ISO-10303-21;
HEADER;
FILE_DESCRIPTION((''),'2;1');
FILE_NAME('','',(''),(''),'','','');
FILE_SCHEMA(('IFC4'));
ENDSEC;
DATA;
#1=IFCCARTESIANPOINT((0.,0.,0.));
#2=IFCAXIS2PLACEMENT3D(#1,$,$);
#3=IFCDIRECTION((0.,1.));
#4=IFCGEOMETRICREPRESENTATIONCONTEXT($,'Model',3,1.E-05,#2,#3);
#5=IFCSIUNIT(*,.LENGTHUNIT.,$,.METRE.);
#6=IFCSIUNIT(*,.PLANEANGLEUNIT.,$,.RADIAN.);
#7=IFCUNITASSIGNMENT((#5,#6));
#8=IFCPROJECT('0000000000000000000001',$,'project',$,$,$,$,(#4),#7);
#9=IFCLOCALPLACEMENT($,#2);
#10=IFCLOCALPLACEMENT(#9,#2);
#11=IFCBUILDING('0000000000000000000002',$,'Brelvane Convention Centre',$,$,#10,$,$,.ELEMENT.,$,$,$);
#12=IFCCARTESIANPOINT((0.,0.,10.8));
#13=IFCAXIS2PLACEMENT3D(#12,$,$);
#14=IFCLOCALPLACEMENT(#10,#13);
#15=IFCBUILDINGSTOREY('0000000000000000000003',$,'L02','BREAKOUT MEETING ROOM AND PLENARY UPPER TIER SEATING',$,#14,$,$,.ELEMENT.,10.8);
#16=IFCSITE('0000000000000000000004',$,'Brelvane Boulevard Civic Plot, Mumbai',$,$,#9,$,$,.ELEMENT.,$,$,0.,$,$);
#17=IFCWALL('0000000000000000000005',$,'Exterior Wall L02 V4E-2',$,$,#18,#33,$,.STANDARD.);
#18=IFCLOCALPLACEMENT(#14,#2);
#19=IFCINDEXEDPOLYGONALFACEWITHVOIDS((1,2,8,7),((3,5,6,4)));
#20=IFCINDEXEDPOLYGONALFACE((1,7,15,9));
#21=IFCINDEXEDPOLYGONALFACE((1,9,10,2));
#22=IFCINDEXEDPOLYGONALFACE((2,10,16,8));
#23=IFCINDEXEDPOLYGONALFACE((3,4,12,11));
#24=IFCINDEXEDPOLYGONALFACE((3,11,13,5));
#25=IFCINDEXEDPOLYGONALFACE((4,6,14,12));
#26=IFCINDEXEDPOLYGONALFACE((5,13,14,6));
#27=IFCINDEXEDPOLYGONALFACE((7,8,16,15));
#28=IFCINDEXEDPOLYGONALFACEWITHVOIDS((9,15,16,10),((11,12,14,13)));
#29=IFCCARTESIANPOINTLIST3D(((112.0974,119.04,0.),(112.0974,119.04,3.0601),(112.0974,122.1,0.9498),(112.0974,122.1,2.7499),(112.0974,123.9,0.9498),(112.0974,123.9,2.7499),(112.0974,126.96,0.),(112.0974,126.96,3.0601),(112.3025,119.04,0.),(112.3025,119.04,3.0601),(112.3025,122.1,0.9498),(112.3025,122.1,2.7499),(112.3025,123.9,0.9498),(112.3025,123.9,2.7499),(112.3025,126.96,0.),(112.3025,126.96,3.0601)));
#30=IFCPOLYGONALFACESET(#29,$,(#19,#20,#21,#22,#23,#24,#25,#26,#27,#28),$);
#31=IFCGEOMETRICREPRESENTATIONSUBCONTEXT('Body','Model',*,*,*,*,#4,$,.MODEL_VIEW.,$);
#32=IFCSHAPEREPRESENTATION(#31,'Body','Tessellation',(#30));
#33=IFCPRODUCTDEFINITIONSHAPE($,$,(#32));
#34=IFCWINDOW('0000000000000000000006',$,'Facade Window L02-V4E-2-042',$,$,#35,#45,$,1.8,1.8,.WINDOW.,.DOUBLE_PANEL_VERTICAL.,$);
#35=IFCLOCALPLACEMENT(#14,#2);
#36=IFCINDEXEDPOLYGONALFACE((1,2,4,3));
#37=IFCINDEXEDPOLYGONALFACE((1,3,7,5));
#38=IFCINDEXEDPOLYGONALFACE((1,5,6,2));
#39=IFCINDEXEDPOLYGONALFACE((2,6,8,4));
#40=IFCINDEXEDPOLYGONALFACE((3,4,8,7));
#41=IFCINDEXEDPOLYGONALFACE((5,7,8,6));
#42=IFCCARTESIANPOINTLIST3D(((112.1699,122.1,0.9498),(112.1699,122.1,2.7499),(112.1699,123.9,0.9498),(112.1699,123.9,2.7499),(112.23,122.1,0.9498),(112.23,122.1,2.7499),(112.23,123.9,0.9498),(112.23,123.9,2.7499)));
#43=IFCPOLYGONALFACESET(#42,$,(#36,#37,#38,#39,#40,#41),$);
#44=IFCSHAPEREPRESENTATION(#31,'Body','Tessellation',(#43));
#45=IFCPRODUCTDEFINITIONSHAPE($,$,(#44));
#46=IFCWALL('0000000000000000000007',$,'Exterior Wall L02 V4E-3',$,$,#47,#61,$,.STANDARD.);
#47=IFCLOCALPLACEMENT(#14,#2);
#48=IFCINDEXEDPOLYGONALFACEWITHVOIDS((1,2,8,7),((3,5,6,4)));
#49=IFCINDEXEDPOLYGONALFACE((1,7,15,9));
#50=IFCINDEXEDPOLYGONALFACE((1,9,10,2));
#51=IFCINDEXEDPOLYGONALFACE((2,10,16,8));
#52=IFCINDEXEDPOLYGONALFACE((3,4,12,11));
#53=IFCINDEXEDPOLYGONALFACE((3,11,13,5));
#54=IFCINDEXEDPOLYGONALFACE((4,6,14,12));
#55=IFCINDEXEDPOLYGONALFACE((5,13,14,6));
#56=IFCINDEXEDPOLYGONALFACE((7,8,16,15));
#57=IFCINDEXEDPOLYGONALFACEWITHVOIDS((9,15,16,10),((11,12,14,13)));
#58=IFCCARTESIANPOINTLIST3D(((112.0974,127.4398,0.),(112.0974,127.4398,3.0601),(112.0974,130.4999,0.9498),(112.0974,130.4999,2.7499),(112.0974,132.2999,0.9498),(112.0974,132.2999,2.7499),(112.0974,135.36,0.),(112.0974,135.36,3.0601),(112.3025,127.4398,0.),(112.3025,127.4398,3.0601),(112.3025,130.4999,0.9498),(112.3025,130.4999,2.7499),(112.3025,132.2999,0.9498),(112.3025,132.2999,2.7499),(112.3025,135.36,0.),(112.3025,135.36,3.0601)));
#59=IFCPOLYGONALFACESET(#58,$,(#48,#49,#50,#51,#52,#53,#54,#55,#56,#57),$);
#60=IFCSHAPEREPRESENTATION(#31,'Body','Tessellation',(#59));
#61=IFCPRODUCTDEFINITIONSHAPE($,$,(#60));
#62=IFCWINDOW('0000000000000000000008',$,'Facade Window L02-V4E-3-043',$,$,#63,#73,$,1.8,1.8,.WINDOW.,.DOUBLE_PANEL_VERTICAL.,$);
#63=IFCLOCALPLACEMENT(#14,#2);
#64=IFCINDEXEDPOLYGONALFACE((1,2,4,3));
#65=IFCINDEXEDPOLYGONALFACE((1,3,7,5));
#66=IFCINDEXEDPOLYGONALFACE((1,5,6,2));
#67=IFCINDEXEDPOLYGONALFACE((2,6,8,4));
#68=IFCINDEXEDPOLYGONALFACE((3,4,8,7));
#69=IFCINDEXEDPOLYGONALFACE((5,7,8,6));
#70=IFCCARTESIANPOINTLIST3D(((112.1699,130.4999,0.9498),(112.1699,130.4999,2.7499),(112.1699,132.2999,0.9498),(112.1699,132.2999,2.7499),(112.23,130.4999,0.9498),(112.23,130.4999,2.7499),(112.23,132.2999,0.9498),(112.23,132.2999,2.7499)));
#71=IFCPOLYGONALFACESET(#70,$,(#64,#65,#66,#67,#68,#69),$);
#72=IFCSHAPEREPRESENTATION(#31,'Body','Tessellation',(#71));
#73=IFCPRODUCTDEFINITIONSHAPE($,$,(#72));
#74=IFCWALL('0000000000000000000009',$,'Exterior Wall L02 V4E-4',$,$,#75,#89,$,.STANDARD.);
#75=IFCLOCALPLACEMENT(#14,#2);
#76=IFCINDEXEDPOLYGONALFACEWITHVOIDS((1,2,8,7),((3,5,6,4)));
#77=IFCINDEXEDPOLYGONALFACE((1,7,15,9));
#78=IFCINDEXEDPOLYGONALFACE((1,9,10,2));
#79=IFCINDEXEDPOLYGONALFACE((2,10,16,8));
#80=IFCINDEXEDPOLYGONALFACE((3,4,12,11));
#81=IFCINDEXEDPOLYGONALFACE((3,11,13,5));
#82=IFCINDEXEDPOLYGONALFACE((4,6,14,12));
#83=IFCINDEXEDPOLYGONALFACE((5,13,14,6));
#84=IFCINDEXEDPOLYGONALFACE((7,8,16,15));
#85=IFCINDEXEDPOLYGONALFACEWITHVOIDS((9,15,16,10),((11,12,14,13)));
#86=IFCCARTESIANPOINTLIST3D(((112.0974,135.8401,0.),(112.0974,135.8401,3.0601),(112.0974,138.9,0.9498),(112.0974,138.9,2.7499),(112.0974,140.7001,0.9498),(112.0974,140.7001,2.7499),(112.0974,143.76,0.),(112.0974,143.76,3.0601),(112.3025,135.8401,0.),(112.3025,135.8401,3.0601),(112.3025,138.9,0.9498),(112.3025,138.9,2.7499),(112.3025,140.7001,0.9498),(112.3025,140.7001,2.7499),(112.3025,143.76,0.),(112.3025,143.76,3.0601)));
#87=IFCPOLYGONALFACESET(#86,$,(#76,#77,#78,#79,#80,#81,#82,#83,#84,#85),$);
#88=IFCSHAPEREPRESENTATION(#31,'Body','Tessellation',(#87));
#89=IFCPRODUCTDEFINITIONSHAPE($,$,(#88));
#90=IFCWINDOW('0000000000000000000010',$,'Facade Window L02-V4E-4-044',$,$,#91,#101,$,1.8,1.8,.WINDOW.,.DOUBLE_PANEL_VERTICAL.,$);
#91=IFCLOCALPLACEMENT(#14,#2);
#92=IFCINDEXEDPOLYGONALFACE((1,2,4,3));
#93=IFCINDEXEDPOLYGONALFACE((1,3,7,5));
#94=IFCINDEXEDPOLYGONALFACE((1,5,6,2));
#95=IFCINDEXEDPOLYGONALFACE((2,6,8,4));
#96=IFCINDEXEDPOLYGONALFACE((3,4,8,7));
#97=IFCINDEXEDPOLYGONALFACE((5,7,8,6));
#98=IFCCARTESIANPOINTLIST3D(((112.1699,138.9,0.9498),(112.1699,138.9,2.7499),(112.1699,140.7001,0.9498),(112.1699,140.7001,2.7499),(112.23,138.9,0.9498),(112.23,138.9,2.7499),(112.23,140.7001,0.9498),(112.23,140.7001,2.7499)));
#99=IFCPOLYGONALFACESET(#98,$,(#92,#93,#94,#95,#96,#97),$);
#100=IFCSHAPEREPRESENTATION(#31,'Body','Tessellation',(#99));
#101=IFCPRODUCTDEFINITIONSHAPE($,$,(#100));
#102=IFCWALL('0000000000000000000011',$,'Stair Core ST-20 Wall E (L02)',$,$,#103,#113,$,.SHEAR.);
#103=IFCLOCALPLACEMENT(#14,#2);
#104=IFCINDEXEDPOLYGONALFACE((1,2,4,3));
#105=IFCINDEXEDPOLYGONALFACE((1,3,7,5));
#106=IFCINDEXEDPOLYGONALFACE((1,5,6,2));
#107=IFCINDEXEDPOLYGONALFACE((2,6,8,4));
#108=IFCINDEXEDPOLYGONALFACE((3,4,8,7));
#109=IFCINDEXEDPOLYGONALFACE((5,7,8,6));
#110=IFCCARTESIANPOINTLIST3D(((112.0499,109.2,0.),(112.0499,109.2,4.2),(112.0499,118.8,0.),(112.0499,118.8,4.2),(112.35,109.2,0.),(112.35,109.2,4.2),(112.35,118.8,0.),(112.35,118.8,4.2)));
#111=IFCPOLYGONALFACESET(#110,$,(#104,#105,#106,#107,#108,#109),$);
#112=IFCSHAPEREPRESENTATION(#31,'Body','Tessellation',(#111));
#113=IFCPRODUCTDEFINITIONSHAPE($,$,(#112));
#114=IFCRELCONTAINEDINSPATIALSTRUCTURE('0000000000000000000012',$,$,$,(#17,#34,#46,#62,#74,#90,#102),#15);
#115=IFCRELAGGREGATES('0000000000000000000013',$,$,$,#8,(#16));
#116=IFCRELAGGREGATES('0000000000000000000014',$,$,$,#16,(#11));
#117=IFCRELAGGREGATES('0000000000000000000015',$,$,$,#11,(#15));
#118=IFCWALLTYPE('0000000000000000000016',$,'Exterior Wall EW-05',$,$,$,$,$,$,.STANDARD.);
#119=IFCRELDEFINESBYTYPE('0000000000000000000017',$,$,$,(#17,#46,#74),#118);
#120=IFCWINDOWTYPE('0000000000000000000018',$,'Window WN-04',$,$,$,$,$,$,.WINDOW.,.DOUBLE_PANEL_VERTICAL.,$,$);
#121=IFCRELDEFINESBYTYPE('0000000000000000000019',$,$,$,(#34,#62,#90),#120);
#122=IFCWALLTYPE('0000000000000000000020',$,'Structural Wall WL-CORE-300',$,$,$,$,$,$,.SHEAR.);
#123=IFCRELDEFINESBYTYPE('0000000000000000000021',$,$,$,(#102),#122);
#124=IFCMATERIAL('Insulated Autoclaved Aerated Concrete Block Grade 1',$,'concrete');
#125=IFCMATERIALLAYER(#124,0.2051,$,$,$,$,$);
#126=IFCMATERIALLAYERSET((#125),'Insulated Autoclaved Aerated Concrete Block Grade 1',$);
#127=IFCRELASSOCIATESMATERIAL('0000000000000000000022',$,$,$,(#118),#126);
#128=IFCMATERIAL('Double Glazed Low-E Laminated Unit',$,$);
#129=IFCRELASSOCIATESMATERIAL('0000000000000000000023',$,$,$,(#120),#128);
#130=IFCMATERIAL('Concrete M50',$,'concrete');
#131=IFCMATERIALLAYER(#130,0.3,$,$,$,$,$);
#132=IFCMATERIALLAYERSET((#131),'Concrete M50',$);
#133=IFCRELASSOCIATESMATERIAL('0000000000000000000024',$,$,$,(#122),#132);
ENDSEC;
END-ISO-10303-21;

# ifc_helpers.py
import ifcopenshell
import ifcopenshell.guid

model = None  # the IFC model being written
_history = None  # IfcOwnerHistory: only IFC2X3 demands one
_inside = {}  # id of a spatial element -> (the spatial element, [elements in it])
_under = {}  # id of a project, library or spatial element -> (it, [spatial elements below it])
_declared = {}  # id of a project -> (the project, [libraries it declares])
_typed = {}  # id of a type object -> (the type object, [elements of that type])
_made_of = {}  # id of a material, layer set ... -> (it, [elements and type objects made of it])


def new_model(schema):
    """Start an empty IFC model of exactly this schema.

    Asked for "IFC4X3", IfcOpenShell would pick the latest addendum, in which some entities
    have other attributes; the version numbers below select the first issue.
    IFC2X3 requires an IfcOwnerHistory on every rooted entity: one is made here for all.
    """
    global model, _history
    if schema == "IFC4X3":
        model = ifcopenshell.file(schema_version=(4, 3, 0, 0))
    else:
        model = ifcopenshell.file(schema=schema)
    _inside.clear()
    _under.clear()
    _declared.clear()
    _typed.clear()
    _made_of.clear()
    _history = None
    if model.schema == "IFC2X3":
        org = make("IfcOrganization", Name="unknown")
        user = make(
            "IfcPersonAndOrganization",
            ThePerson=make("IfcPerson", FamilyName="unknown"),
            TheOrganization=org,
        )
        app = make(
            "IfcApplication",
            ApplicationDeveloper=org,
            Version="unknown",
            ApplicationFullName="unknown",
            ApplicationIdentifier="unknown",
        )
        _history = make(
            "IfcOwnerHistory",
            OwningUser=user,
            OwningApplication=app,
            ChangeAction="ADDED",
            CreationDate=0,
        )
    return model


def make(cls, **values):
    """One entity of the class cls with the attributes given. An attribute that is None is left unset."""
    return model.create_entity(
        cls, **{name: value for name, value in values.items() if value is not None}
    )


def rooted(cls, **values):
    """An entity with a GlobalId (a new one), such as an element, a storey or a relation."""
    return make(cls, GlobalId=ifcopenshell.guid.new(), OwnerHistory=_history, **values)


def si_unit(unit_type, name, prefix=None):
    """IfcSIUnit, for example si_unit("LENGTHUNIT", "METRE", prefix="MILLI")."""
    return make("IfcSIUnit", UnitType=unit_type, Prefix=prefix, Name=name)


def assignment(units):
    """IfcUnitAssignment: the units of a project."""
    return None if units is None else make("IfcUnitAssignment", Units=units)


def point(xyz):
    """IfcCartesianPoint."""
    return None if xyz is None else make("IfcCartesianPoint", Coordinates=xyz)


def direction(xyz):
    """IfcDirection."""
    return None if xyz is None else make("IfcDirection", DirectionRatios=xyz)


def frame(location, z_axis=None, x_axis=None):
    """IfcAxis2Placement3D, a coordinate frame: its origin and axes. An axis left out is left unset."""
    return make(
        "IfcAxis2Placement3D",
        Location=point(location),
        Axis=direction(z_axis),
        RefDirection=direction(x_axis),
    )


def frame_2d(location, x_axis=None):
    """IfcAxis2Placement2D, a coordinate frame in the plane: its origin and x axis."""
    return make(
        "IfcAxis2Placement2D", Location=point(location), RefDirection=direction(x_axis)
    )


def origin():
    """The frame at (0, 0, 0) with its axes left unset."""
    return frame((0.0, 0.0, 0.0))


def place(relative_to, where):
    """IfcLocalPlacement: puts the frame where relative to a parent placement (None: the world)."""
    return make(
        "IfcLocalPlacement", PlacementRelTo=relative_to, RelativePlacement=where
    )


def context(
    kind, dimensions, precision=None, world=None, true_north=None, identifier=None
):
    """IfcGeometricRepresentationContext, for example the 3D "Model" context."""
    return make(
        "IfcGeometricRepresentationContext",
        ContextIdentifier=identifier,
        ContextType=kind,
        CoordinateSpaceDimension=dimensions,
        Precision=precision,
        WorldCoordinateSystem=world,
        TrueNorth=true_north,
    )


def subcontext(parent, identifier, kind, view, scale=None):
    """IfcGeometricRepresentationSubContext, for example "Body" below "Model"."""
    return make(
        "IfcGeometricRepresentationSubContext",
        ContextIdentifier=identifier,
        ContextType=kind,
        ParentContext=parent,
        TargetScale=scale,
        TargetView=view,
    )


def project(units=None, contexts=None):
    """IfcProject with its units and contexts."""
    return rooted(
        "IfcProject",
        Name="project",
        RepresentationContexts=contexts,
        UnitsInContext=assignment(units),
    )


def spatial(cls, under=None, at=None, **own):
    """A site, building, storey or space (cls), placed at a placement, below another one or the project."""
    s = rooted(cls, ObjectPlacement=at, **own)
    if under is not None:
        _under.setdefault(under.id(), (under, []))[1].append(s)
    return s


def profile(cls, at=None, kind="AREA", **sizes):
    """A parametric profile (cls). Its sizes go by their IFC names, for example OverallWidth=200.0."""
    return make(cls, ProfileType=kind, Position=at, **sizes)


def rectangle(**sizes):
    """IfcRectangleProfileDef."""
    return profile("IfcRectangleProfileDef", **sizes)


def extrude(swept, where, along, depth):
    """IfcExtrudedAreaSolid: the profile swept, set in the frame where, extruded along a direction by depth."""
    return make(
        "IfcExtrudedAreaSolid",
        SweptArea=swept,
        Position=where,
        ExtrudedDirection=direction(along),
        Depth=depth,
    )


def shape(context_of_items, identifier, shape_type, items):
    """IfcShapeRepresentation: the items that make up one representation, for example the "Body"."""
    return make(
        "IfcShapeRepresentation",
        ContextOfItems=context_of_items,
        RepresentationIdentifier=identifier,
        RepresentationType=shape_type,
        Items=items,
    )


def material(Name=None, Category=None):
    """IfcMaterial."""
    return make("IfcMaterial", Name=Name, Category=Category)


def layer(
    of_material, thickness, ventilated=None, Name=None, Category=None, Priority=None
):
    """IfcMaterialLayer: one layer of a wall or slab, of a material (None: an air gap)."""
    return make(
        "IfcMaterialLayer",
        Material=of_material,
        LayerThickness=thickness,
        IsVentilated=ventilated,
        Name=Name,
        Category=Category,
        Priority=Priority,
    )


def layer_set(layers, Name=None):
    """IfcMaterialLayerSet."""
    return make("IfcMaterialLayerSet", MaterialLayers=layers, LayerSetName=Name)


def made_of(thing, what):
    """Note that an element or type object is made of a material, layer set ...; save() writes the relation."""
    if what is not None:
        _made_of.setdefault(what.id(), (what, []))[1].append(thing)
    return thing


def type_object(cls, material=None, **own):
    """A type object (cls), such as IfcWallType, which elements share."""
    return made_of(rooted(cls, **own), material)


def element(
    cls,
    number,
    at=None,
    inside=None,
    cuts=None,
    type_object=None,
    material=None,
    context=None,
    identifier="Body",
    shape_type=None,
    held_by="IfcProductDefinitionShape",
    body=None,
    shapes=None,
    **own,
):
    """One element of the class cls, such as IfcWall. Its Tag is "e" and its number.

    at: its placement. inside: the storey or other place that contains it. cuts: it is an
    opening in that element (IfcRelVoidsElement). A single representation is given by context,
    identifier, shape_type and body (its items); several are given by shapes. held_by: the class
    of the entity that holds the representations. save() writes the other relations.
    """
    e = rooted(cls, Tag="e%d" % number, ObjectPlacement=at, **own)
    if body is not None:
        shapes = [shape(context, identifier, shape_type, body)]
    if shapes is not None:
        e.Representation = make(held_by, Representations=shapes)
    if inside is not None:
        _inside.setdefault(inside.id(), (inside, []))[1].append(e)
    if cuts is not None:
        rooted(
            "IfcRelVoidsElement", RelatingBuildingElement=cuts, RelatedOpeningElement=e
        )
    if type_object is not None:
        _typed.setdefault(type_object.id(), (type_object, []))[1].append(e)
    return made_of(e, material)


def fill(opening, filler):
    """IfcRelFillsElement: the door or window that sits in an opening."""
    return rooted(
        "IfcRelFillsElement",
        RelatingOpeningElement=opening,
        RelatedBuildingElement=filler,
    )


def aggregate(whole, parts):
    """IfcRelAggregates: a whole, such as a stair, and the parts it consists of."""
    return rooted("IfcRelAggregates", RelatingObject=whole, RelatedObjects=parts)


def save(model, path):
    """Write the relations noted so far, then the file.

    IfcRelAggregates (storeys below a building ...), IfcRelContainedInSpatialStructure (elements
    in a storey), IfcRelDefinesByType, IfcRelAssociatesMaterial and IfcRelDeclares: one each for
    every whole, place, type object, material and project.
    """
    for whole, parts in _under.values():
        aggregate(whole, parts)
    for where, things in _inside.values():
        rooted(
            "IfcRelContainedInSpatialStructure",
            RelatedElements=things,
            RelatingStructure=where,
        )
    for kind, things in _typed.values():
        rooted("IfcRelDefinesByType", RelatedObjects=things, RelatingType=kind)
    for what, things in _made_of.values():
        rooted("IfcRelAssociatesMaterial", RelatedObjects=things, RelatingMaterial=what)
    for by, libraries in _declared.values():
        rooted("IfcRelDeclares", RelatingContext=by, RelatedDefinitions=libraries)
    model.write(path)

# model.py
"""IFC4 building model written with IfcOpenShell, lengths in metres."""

from ifc_helpers import new_model, si_unit, direction, frame, frame_2d, origin, place, context, subcontext, project, spatial, rectangle, extrude, material, layer, layer_set, type_object, element, fill, save


model = new_model("IFC4")

# Units and contexts
model_context = context("Model", 3, precision=1e-05, world=origin(), true_north=direction((0.0, 1.0)))
body_context = subcontext(model_context, "Body", "Model", "MODEL_VIEW")
ifc_project = project(units=[si_unit("LENGTHUNIT", "METRE"), si_unit("PLANEANGLEUNIT", "RADIAN")], contexts=[model_context])

# Site, building, storey
site_placement = place(None, origin())
site = spatial("IfcSite", under=ifc_project, at=site_placement, Name="Brelvane Boulevard Civic Plot, Mumbai", CompositionType="ELEMENT", RefElevation=0.0)
building_placement = place(site_placement, origin())
building = spatial("IfcBuilding", under=site, at=building_placement, Name="Brelvane Convention Centre", CompositionType="ELEMENT")
storey_placement = place(building_placement, frame((0.0, 0.0, 10.8)))
storey = spatial("IfcBuildingStorey", under=building, at=storey_placement, Name="L02", Description="BREAKOUT MEETING ROOM AND PLENARY UPPER TIER SEATING", CompositionType="ELEMENT", Elevation=10.8)

# Walls, openings, windows
ifc_material_1 = material(Name="Insulated Autoclaved Aerated Concrete Block Grade 1", Category="concrete")
ifc_layer_1 = layer(ifc_material_1, 0.2051)
ifc_layer_set_1 = layer_set([ifc_layer_1], Name="Insulated Autoclaved Aerated Concrete Block Grade 1")
wall_type_1 = type_object("IfcWallType", Name="Exterior Wall EW-05", PredefinedType="STANDARD", material=ifc_layer_set_1)
wall_1_placement = place(storey_placement, frame((112.2, 119.04, 0.0), z_axis=(0.0, 0.0, 1.0), x_axis=(0.0, 1.0, 0.0)))
wall_1 = element("IfcWall", 1, at=wall_1_placement, inside=storey, type_object=wall_type_1, Name="Exterior Wall L02 V4E-2", PredefinedType="STANDARD", context=body_context, shape_type="SweptSolid", body=[
    extrude(rectangle(XDim=7.9199, YDim=0.2051, at=frame_2d((3.96, 0.0))), origin(), (0.0, 0.0, 1.0), 3.0601),
])
opening_1_placement = place(wall_1_placement, frame((3.0601, 0.0, 0.95)))
opening_1 = element("IfcOpeningElement", 2, at=opening_1_placement, cuts=wall_1, PredefinedType="OPENING", context=body_context, shape_type="SweptSolid", body=[
    extrude(rectangle(XDim=1.8, YDim=1.8, at=frame_2d((0.8999, 0.8999))), frame((0.0, 0.1125, 0.0), z_axis=(0.0, -1.0, 0.0), x_axis=(1.0, 0.0, 0.0)), (0.0, 0.0, 1.0), 0.2251),
])
ifc_material_2 = material(Name="Double Glazed Low-E Laminated Unit")
window_type = type_object("IfcWindowType", Name="Window WN-04", PartitioningType="DOUBLE_PANEL_VERTICAL", PredefinedType="WINDOW", material=ifc_material_2)
window_1_placement = place(opening_1_placement, origin())
window_1 = element("IfcWindow", 3, at=window_1_placement, inside=storey, type_object=window_type, Name="Facade Window L02-V4E-2-042", OverallHeight=1.8, OverallWidth=1.8, PartitioningType="DOUBLE_PANEL_VERTICAL", PredefinedType="WINDOW", context=body_context, shape_type="SweptSolid", body=[
    extrude(rectangle(XDim=1.8, YDim=1.8, at=frame_2d((0.8999, 0.8999))), frame((0.0, 0.03, 0.0), z_axis=(0.0, -1.0, 0.0), x_axis=(1.0, 0.0, 0.0)), (0.0, 0.0, 1.0), 0.0601),
])
fill(opening_1, window_1)
wall_2_placement = place(storey_placement, frame((112.2, 127.4399, 0.0), z_axis=(0.0, 0.0, 1.0), x_axis=(0.0, 1.0, 0.0)))
wall_2 = element("IfcWall", 4, at=wall_2_placement, inside=storey, type_object=wall_type_1, Name="Exterior Wall L02 V4E-3", PredefinedType="STANDARD", context=body_context, shape_type="SweptSolid", body=[
    extrude(rectangle(XDim=7.9202, YDim=0.2051, at=frame_2d((3.96, 0.0))), origin(), (0.0, 0.0, 1.0), 3.0601),
])
opening_2_placement = place(wall_2_placement, frame((3.0601, 0.0, 0.95)))
opening_2 = element("IfcOpeningElement", 5, at=opening_2_placement, cuts=wall_2, PredefinedType="OPENING", context=body_context, shape_type="SweptSolid", body=[
    extrude(rectangle(XDim=1.8, YDim=1.8, at=frame_2d((0.8999, 0.8999))), frame((0.0, 0.1125, 0.0), z_axis=(0.0, -1.0, 0.0), x_axis=(1.0, 0.0, 0.0)), (0.0, 0.0, 1.0), 0.2251),
])
window_2_placement = place(opening_2_placement, origin())
window_2 = element("IfcWindow", 6, at=window_2_placement, inside=storey, type_object=window_type, Name="Facade Window L02-V4E-3-043", OverallHeight=1.8, OverallWidth=1.8, PartitioningType="DOUBLE_PANEL_VERTICAL", PredefinedType="WINDOW", context=body_context, shape_type="SweptSolid", body=[
    extrude(rectangle(XDim=1.8, YDim=1.8, at=frame_2d((0.8999, 0.8999))), frame((0.0, 0.03, 0.0), z_axis=(0.0, -1.0, 0.0), x_axis=(1.0, 0.0, 0.0)), (0.0, 0.0, 1.0), 0.0601),
])
fill(opening_2, window_2)
wall_3_placement = place(storey_placement, frame((112.2, 135.8401, 0.0), z_axis=(0.0, 0.0, 1.0), x_axis=(0.0, 1.0, 0.0)))
wall_3 = element("IfcWall", 7, at=wall_3_placement, inside=storey, type_object=wall_type_1, Name="Exterior Wall L02 V4E-4", PredefinedType="STANDARD", context=body_context, shape_type="SweptSolid", body=[
    extrude(rectangle(XDim=7.9199, YDim=0.2051, at=frame_2d((3.96, 0.0))), origin(), (0.0, 0.0, 1.0), 3.0601),
])
opening_3_placement = place(wall_3_placement, frame((3.0601, 0.0, 0.95)))
opening_3 = element("IfcOpeningElement", 8, at=opening_3_placement, cuts=wall_3, PredefinedType="OPENING", context=body_context, shape_type="SweptSolid", body=[
    extrude(rectangle(XDim=1.8, YDim=1.8, at=frame_2d((0.8999, 0.8999))), frame((0.0, 0.1125, 0.0), z_axis=(0.0, -1.0, 0.0), x_axis=(1.0, 0.0, 0.0)), (0.0, 0.0, 1.0), 0.2251),
])
window_3_placement = place(opening_3_placement, origin())
window_3 = element("IfcWindow", 9, at=window_3_placement, inside=storey, type_object=window_type, Name="Facade Window L02-V4E-4-044", OverallHeight=1.8, OverallWidth=1.8, PartitioningType="DOUBLE_PANEL_VERTICAL", PredefinedType="WINDOW", context=body_context, shape_type="SweptSolid", body=[
    extrude(rectangle(XDim=1.8, YDim=1.8, at=frame_2d((0.8999, 0.8999))), frame((0.0, 0.03, 0.0), z_axis=(0.0, -1.0, 0.0), x_axis=(1.0, 0.0, 0.0)), (0.0, 0.0, 1.0), 0.0601),
])
fill(opening_3, window_3)

# Wall
ifc_material_3 = material(Name="Concrete M50", Category="concrete")
ifc_layer_2 = layer(ifc_material_3, 0.3)
ifc_layer_set_2 = layer_set([ifc_layer_2], Name="Concrete M50")
wall_type_2 = type_object("IfcWallType", Name="Structural Wall WL-CORE-300", PredefinedType="SHEAR", material=ifc_layer_set_2)
wall_4_placement = place(storey_placement, frame((112.2, 109.2, 0.0), z_axis=(0.0, 0.0, 1.0), x_axis=(0.0, 1.0, 0.0)))
element("IfcWall", 10, at=wall_4_placement, inside=storey, type_object=wall_type_2, Name="Stair Core ST-20 Wall E (L02)", PredefinedType="SHEAR", context=body_context, shape_type="SweptSolid", body=[
    extrude(rectangle(XDim=9.6001, YDim=0.3, at=frame_2d((4.8, 0.0))), origin(), (0.0, 0.0, 1.0), 4.2),
])

save(model, "model.ifc")
